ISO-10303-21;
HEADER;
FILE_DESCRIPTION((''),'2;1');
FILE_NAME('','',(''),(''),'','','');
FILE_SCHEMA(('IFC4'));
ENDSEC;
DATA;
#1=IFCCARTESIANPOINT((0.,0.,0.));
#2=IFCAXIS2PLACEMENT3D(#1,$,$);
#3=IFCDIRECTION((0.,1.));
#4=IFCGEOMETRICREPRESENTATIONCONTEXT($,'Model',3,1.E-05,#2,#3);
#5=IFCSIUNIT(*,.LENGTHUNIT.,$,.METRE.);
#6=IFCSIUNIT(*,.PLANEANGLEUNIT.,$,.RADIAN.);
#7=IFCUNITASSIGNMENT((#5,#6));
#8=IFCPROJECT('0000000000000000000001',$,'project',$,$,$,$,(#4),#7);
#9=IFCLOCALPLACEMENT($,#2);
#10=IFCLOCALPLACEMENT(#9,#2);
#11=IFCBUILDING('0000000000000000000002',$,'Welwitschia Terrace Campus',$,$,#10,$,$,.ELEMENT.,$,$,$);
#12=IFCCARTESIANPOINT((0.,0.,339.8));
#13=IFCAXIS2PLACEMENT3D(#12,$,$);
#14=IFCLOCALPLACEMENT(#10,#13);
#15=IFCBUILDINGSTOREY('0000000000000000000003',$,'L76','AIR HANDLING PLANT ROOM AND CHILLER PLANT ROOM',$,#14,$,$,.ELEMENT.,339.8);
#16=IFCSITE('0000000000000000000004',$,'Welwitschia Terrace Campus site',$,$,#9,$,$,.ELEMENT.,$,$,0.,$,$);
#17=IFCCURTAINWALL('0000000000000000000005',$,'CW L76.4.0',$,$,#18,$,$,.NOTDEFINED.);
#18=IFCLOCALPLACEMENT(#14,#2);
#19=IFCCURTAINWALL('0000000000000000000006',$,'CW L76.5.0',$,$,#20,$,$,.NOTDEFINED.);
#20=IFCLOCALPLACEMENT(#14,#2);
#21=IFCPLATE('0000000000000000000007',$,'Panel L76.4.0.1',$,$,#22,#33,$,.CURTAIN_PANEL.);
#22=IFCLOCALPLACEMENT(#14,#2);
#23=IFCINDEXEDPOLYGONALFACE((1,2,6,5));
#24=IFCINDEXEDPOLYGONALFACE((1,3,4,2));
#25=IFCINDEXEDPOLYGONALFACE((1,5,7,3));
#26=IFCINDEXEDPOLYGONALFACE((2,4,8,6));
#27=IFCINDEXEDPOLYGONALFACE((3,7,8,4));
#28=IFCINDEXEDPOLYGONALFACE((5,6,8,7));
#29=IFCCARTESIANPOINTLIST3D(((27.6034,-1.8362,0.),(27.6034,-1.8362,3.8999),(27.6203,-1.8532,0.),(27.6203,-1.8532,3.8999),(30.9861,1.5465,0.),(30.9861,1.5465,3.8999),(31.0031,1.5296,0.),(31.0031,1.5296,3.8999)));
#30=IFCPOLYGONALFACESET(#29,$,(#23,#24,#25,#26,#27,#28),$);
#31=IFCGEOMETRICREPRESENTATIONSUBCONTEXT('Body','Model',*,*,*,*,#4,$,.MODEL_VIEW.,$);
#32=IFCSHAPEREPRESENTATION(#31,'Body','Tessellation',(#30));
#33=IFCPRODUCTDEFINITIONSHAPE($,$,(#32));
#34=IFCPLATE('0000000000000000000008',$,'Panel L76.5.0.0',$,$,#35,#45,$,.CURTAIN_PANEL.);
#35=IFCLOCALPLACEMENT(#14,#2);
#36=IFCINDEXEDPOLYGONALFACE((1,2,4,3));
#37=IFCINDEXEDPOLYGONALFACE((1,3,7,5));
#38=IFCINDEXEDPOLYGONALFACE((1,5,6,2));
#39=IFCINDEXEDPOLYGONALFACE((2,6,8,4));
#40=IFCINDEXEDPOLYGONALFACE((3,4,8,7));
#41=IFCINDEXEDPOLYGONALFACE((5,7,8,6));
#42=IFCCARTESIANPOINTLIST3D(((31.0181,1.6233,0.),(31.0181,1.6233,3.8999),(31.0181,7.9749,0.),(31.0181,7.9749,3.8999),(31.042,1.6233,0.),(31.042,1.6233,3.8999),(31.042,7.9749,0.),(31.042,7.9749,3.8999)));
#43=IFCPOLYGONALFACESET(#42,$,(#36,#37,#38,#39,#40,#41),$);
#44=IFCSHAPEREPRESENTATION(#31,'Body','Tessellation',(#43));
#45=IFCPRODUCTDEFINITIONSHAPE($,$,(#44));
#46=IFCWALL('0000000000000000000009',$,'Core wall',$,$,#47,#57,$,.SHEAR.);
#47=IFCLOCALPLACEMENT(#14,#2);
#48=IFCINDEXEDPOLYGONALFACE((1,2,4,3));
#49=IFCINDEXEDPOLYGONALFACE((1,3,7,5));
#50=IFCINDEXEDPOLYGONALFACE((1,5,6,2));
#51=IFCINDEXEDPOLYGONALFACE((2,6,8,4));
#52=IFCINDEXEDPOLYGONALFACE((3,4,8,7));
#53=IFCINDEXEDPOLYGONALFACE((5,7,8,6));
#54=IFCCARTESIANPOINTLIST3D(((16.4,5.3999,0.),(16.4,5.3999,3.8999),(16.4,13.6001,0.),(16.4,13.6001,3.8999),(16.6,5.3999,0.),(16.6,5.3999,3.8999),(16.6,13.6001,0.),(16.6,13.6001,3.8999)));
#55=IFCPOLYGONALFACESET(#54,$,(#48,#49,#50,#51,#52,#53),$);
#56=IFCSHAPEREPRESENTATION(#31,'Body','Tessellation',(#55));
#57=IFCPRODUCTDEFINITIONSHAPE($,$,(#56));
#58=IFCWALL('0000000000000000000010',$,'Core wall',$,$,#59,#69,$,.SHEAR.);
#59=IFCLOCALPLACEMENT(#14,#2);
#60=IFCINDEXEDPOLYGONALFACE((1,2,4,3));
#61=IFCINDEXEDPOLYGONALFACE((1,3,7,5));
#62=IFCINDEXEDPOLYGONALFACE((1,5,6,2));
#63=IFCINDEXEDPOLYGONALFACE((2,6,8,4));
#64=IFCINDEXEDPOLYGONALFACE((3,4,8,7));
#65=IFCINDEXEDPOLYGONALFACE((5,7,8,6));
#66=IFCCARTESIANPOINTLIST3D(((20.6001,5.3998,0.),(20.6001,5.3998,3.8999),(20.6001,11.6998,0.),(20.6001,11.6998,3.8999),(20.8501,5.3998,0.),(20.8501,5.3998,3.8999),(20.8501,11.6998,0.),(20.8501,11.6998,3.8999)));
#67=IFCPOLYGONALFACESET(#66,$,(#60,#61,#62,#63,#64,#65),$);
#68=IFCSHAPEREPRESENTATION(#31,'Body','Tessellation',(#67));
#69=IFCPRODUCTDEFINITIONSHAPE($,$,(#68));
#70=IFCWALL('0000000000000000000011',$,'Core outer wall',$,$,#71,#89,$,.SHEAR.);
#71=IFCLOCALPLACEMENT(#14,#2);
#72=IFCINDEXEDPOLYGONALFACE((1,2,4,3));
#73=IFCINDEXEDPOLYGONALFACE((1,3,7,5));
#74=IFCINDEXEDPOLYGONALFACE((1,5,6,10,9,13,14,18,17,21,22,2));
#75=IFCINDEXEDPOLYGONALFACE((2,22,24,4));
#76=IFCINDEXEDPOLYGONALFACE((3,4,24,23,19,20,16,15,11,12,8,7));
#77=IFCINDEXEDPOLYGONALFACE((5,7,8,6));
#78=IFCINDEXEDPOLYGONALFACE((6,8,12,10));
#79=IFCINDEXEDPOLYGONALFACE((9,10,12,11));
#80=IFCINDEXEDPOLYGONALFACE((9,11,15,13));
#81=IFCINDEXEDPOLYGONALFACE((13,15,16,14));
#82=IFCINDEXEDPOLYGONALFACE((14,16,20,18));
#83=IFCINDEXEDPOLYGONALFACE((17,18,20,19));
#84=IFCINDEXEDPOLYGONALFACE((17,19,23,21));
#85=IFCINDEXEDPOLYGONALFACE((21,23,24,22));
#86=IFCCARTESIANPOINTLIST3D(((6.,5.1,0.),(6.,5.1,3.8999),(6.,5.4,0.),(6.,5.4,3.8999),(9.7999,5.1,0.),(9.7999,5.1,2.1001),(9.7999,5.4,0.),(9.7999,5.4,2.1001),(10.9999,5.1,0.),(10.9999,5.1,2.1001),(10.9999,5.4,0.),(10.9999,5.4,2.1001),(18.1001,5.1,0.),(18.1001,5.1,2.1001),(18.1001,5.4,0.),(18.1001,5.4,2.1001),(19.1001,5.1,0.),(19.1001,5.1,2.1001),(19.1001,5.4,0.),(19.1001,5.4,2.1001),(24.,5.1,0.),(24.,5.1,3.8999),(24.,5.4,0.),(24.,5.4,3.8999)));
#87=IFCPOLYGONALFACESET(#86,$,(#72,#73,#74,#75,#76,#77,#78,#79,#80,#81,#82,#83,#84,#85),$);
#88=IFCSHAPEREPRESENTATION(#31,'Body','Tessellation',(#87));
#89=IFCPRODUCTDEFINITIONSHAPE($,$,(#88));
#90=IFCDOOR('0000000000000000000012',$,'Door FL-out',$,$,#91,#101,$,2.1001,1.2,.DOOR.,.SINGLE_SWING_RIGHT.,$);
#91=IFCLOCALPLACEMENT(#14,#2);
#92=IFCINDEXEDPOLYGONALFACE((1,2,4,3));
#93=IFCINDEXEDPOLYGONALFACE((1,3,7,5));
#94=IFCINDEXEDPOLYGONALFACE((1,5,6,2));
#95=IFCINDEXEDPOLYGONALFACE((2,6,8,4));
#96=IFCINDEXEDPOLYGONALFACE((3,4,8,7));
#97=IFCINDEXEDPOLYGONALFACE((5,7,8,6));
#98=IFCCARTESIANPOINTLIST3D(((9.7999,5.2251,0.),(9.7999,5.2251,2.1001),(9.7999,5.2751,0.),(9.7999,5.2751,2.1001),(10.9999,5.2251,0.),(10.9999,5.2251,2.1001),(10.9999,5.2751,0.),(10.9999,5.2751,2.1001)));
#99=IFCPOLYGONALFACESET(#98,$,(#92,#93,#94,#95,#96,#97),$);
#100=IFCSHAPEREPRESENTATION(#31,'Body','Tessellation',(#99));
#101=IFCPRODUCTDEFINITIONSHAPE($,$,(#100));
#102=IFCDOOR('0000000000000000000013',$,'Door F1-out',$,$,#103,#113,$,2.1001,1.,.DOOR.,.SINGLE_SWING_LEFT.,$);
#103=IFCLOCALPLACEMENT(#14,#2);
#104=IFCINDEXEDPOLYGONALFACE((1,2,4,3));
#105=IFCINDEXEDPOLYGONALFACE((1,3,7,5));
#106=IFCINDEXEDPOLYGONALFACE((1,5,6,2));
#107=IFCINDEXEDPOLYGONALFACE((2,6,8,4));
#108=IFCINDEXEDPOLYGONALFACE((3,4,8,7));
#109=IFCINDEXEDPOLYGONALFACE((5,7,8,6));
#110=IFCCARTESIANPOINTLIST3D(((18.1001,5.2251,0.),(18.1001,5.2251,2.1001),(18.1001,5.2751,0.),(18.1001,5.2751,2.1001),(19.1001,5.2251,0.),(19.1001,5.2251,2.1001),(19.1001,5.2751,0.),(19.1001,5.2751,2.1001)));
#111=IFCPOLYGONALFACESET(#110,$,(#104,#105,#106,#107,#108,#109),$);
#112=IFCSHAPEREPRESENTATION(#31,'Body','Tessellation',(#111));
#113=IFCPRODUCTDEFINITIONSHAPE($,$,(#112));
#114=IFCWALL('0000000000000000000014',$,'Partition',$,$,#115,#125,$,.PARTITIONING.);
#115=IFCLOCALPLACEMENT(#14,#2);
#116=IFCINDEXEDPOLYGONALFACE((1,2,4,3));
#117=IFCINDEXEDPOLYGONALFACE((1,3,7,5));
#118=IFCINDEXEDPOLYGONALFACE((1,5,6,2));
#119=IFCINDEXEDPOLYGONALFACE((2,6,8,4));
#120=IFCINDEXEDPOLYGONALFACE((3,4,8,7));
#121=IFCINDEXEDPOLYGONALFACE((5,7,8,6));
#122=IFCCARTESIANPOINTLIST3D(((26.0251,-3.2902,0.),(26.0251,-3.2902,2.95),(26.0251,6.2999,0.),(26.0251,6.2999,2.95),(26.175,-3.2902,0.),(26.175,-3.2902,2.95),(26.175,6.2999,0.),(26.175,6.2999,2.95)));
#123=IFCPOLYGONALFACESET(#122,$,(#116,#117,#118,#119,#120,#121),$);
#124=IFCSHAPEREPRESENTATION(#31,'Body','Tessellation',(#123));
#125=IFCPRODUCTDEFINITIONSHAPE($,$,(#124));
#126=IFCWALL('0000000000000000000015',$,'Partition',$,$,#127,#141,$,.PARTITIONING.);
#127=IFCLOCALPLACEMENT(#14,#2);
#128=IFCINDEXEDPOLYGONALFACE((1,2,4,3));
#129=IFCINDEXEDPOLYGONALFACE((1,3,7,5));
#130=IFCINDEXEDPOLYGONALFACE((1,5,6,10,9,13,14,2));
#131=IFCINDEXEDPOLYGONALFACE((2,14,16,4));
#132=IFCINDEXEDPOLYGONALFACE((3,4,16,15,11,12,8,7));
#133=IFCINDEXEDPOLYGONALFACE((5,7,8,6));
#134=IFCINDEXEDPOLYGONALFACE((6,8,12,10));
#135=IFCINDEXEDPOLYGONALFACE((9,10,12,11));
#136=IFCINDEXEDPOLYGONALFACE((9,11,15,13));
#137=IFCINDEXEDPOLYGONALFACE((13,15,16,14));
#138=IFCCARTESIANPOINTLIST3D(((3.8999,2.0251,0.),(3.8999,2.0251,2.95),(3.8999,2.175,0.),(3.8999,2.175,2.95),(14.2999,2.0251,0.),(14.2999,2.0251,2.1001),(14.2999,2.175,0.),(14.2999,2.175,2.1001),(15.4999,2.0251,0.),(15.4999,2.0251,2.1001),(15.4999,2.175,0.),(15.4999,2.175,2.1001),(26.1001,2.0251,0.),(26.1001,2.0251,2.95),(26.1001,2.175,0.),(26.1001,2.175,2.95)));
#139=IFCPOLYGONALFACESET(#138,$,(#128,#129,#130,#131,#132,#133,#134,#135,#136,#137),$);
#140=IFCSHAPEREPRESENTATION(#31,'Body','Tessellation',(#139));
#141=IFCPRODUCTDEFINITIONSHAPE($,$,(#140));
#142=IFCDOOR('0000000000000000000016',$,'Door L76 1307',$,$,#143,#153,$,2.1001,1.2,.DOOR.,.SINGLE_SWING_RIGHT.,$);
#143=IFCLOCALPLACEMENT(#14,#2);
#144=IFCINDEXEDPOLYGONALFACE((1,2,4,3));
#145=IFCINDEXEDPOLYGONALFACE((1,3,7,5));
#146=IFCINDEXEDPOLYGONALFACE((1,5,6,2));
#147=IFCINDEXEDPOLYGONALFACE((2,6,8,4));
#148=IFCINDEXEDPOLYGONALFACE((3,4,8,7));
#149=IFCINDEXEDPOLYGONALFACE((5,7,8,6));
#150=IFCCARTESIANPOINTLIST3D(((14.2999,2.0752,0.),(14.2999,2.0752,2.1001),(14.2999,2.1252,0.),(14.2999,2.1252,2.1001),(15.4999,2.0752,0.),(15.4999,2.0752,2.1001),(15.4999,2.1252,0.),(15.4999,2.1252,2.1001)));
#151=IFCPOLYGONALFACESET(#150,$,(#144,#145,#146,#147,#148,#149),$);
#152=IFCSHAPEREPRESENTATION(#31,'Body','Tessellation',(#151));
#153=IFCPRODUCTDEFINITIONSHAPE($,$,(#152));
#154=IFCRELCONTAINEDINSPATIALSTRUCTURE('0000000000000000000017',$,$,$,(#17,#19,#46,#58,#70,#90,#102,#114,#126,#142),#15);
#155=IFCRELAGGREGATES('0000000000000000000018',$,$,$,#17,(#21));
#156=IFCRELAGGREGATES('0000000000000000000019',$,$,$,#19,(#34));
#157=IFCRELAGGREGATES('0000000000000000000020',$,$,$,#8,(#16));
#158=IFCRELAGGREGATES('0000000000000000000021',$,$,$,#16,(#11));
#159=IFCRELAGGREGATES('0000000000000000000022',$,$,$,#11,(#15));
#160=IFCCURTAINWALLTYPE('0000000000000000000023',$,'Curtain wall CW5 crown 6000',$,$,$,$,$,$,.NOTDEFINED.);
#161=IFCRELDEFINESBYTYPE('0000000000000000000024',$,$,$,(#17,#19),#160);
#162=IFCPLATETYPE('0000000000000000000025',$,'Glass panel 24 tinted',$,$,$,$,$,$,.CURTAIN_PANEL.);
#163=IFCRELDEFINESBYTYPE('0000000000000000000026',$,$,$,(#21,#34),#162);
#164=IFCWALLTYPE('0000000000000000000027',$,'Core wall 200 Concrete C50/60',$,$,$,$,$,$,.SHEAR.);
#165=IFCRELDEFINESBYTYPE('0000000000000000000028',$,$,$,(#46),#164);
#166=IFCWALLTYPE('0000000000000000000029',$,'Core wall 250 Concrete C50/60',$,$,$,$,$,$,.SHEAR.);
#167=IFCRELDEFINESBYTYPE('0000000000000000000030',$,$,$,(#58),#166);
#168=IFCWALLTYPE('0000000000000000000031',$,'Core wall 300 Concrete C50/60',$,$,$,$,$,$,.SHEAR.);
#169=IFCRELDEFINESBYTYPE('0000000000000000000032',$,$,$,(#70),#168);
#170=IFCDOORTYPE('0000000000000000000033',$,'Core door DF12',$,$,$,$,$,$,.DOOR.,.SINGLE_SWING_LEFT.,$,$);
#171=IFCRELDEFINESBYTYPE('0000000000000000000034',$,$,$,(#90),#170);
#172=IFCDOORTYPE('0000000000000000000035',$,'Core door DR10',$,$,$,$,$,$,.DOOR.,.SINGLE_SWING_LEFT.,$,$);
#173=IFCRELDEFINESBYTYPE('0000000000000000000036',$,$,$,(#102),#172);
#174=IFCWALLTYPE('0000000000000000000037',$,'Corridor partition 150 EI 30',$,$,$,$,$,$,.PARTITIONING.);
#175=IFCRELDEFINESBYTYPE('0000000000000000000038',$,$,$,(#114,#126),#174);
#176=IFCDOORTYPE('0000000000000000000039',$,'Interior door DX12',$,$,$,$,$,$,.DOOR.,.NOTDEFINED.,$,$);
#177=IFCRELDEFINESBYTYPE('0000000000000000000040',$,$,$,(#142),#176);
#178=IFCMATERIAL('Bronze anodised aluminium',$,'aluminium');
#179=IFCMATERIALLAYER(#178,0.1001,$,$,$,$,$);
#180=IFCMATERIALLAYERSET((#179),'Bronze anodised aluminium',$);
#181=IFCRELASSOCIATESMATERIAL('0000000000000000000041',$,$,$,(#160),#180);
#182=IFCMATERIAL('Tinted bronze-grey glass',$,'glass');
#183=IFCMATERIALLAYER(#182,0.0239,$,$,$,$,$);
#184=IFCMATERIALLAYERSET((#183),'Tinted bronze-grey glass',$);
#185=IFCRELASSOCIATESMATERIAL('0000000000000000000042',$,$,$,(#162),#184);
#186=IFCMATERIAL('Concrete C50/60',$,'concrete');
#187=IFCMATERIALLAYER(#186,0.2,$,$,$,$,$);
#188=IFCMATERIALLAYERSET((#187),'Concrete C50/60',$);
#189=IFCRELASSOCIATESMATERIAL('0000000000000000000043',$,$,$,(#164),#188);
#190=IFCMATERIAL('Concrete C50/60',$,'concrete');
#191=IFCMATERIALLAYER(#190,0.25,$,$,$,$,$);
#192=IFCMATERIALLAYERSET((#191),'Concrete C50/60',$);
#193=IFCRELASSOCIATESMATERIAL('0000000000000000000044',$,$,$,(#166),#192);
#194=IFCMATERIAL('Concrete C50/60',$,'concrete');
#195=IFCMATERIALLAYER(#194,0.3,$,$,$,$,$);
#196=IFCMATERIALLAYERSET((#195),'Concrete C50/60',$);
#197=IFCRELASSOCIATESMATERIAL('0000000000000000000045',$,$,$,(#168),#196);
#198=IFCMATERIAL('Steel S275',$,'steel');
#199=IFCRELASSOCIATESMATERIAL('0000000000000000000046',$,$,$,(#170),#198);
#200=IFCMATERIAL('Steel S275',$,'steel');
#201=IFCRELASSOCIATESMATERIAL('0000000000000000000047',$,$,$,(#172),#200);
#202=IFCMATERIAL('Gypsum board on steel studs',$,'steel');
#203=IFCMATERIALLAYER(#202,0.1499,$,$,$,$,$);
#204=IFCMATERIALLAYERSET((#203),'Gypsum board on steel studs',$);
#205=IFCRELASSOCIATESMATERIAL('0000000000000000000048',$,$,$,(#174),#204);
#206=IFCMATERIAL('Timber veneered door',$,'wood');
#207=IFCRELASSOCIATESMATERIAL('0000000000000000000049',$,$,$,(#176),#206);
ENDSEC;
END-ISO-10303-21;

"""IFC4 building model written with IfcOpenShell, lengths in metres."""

from ifc_helpers import new_model, si_unit, direction, frame, frame_2d, origin, origin_2d, place, context, subcontext, project, spatial, rectangle, extrude, material, layer, layer_set, type_object, element, fill, aggregate, save


model = new_model("IFC4")

# Units and contexts
model_context = context("Model", 3, precision=1e-05, world=origin(), true_north=direction((0.0, 1.0)))
body_context = subcontext(model_context, "Body", "Model", "MODEL_VIEW")
ifc_project = project(units=[si_unit("LENGTHUNIT", "METRE"), si_unit("PLANEANGLEUNIT", "RADIAN")], contexts=[model_context])

# Site, building, storey
site_placement = place(None, origin())
site = spatial("IfcSite", under=ifc_project, at=site_placement, Name="Welwitschia Terrace Campus site", CompositionType="ELEMENT", RefElevation=0.0)
building_placement = place(site_placement, origin())
building = spatial("IfcBuilding", under=site, at=building_placement, Name="Welwitschia Terrace Campus", CompositionType="ELEMENT")
storey_placement = place(building_placement, frame((0.0, 0.0, 339.8)))
storey = spatial("IfcBuildingStorey", under=building, at=storey_placement, Name="L76", Description="AIR HANDLING PLANT ROOM AND CHILLER PLANT ROOM", CompositionType="ELEMENT", Elevation=339.8)

# Shared definitions
ifc_material_1 = material(Name="Bronze anodised aluminium", Category="aluminium")
ifc_layer_1 = layer(ifc_material_1, 0.1001)
ifc_layer_set_1 = layer_set([ifc_layer_1], Name="Bronze anodised aluminium")
curtain_wall_type = type_object("IfcCurtainWallType", Name="Curtain wall CW5 crown 6000", PredefinedType="NOTDEFINED", material=ifc_layer_set_1)

# Curtain wall
curtain_wall_1_placement = place(storey_placement, origin())
curtain_wall_1 = element("IfcCurtainWall", 1, at=curtain_wall_1_placement, inside=storey, type_object=curtain_wall_type, Name="CW L76.4.0", PredefinedType="NOTDEFINED")

# Curtain wall
curtain_wall_2_placement = place(storey_placement, origin())
curtain_wall_2 = element("IfcCurtainWall", 2, at=curtain_wall_2_placement, inside=storey, type_object=curtain_wall_type, Name="CW L76.5.0", PredefinedType="NOTDEFINED")

# Plates
ifc_material_2 = material(Name="Tinted bronze-grey glass", Category="glass")
ifc_layer_2 = layer(ifc_material_2, 0.0239)
ifc_layer_set_2 = layer_set([ifc_layer_2], Name="Tinted bronze-grey glass")
plate_type = type_object("IfcPlateType", Name="Glass panel 24 tinted", PredefinedType="CURTAIN_PANEL", material=ifc_layer_set_2)
plate_1_placement = place(storey_placement, frame((29.3032, -0.1533, 0.0), z_axis=(0.0, 0.0, 1.0), x_axis=(0.707107, 0.707107, 0.0)))
plate_1 = element("IfcPlate", 3, at=plate_1_placement, type_object=plate_type, Name="Panel L76.4.0.1", PredefinedType="CURTAIN_PANEL", context=body_context, shape_type="SweptSolid", body=[
    extrude(rectangle(XDim=4.7839, YDim=0.0239, at=origin_2d()), origin(), (0.0, 0.0, 1.0), 3.8999),
])
aggregate(curtain_wall_1, [plate_1])
plate_2_placement = place(storey_placement, frame((31.03, 4.7991, 0.0), z_axis=(0.0, 0.0, 1.0), x_axis=(0.0, 1.0, 0.0)))
plate_2 = element("IfcPlate", 4, at=plate_2_placement, type_object=plate_type, Name="Panel L76.5.0.0", PredefinedType="CURTAIN_PANEL", context=body_context, shape_type="SweptSolid", body=[
    extrude(rectangle(XDim=6.3516, YDim=0.0239, at=origin_2d()), origin(), (0.0, 0.0, 1.0), 3.8999),
])
aggregate(curtain_wall_2, [plate_2])

# Walls
ifc_material_3 = material(Name="Concrete C50/60", Category="concrete")
ifc_layer_3 = layer(ifc_material_3, 0.2)
ifc_layer_set_3 = layer_set([ifc_layer_3], Name="Concrete C50/60")
wall_type_1 = type_object("IfcWallType", Name="Core wall 200 Concrete C50/60", PredefinedType="SHEAR", material=ifc_layer_set_3)
wall_1_placement = place(storey_placement, frame((16.5, 5.3999, 0.0), z_axis=(0.0, 0.0, 1.0), x_axis=(0.0, 1.0, 0.0)))
element("IfcWall", 5, at=wall_1_placement, inside=storey, type_object=wall_type_1, Name="Core wall", PredefinedType="SHEAR", context=body_context, shape_type="SweptSolid", body=[
    extrude(rectangle(XDim=8.2002, YDim=0.2, at=frame_2d((4.1001, 0.0))), origin(), (0.0, 0.0, 1.0), 3.8999),
])
ifc_material_4 = material(Name="Concrete C50/60", Category="concrete")
ifc_layer_4 = layer(ifc_material_4, 0.25)
ifc_layer_set_4 = layer_set([ifc_layer_4], Name="Concrete C50/60")
wall_type_2 = type_object("IfcWallType", Name="Core wall 250 Concrete C50/60", PredefinedType="SHEAR", material=ifc_layer_set_4)
wall_2_placement = place(storey_placement, frame((20.7251, 5.3999, 0.0), z_axis=(0.0, 0.0, 1.0), x_axis=(0.0, 1.0, 0.0)))
element("IfcWall", 6, at=wall_2_placement, inside=storey, type_object=wall_type_2, Name="Core wall", PredefinedType="SHEAR", context=body_context, shape_type="SweptSolid", body=[
    extrude(rectangle(XDim=6.3, YDim=0.25, at=frame_2d((3.1499, 0.0))), origin(), (0.0, 0.0, 1.0), 3.8999),
])

# Wall, openings, doors
ifc_material_5 = material(Name="Concrete C50/60", Category="concrete")
ifc_layer_5 = layer(ifc_material_5, 0.3)
ifc_layer_set_5 = layer_set([ifc_layer_5], Name="Concrete C50/60")
wall_type_3 = type_object("IfcWallType", Name="Core wall 300 Concrete C50/60", PredefinedType="SHEAR", material=ifc_layer_set_5)
wall_3_placement = place(storey_placement, frame((24.0, 5.25, 0.0), z_axis=(0.0, 0.0, 1.0), x_axis=(-1.0, 0.0, 0.0)))
wall_3 = element("IfcWall", 7, at=wall_3_placement, inside=storey, type_object=wall_type_3, Name="Core outer wall", PredefinedType="SHEAR", context=body_context, shape_type="SweptSolid", body=[
    extrude(rectangle(XDim=18.0, YDim=0.3, at=frame_2d((9.0, 0.0))), origin(), (0.0, 0.0, 1.0), 3.8999),
])
opening_1_placement = place(wall_3_placement, frame((13.0, 0.0, 0.0)))
opening_1 = element("IfcOpeningElement", 8, at=opening_1_placement, cuts=wall_3, PredefinedType="OPENING", context=body_context, shape_type="SweptSolid", body=[
    extrude(rectangle(XDim=1.2, YDim=2.1001, at=frame_2d((0.6001, 1.05))), frame((0.0, 0.1599, 0.0), z_axis=(0.0, -1.0, 0.0), x_axis=(1.0, 0.0, 0.0)), (0.0, 0.0, 1.0), 0.3201),
])
opening_2_placement = place(wall_3_placement, frame((4.8999, 0.0, 0.0)))
opening_2 = element("IfcOpeningElement", 9, at=opening_2_placement, cuts=wall_3, PredefinedType="OPENING", context=body_context, shape_type="SweptSolid", body=[
    extrude(rectangle(XDim=1.0, YDim=2.1001, at=frame_2d((0.5, 1.05))), frame((0.0, 0.1599, 0.0), z_axis=(0.0, -1.0, 0.0), x_axis=(1.0, 0.0, 0.0)), (0.0, 0.0, 1.0), 0.3201),
])
ifc_material_6 = material(Name="Steel S275", Category="steel")
door_type_1 = type_object("IfcDoorType", Name="Core door DF12", OperationType="SINGLE_SWING_LEFT", PredefinedType="DOOR", material=ifc_material_6)
door_1_placement = place(opening_1_placement, origin())
door_1 = element("IfcDoor", 10, at=door_1_placement, inside=storey, type_object=door_type_1, Name="Door FL-out", OperationType="SINGLE_SWING_RIGHT", OverallHeight=2.1001, OverallWidth=1.2, PredefinedType="DOOR", context=body_context, shape_type="SweptSolid", body=[
    extrude(rectangle(XDim=1.2, YDim=2.1001, at=frame_2d((0.6001, 1.05))), frame((0.0, 0.0249, 0.0), z_axis=(0.0, -1.0, 0.0), x_axis=(1.0, 0.0, 0.0)), (0.0, 0.0, 1.0), 0.05),
])
fill(opening_1, door_1)
ifc_material_7 = material(Name="Steel S275", Category="steel")
door_type_2 = type_object("IfcDoorType", Name="Core door DR10", OperationType="SINGLE_SWING_LEFT", PredefinedType="DOOR", material=ifc_material_7)
door_2_placement = place(opening_2_placement, origin())
door_2 = element("IfcDoor", 11, at=door_2_placement, inside=storey, type_object=door_type_2, Name="Door F1-out", OperationType="SINGLE_SWING_LEFT", OverallHeight=2.1001, OverallWidth=1.0, PredefinedType="DOOR", context=body_context, shape_type="SweptSolid", body=[
    extrude(rectangle(XDim=1.0, YDim=2.1001, at=frame_2d((0.5, 1.05))), frame((0.0, 0.0249, 0.0), z_axis=(0.0, -1.0, 0.0), x_axis=(1.0, 0.0, 0.0)), (0.0, 0.0, 1.0), 0.05),
])
fill(opening_2, door_2)

# Wall
ifc_material_8 = material(Name="Gypsum board on steel studs", Category="steel")
ifc_layer_6 = layer(ifc_material_8, 0.1499)
ifc_layer_set_6 = layer_set([ifc_layer_6], Name="Gypsum board on steel studs")
wall_type_4 = type_object("IfcWallType", Name="Corridor partition 150 EI 30", PredefinedType="PARTITIONING", material=ifc_layer_set_6)
wall_4_placement = place(storey_placement, frame((26.1001, -3.29, 0.0), z_axis=(0.0, 0.0, 1.0), x_axis=(0.0, 1.0, 0.0)))
element("IfcWall", 12, at=wall_4_placement, inside=storey, type_object=wall_type_4, Name="Partition", PredefinedType="PARTITIONING", context=body_context, shape_type="SweptSolid", body=[
    extrude(rectangle(XDim=9.5901, YDim=0.1499, at=frame_2d((4.7949, 0.0))), origin(), (0.0, 0.0, 1.0), 2.95),
])

# Wall, opening, door
wall_5_placement = place(storey_placement, frame((26.1001, 2.1001, 0.0), z_axis=(0.0, 0.0, 1.0), x_axis=(-1.0, 0.0, 0.0)))
wall_5 = element("IfcWall", 13, at=wall_5_placement, inside=storey, type_object=wall_type_4, Name="Partition", PredefinedType="PARTITIONING", context=body_context, shape_type="SweptSolid", body=[
    extrude(rectangle(XDim=22.2002, YDim=0.1499, at=frame_2d((11.1001, 0.0))), origin(), (0.0, 0.0, 1.0), 2.95),
])
opening_3_placement = place(wall_5_placement, frame((10.6001, 0.0, 0.0)))
opening_3 = element("IfcOpeningElement", 14, at=opening_3_placement, cuts=wall_5, PredefinedType="OPENING", context=body_context, shape_type="SweptSolid", body=[
    extrude(rectangle(XDim=1.2, YDim=2.1001, at=frame_2d((0.6001, 1.05))), frame((0.0, 0.085, 0.0), z_axis=(0.0, -1.0, 0.0), x_axis=(1.0, 0.0, 0.0)), (0.0, 0.0, 1.0), 0.1699),
])
ifc_material_9 = material(Name="Timber veneered door", Category="wood")
door_type_3 = type_object("IfcDoorType", Name="Interior door DX12", OperationType="NOTDEFINED", PredefinedType="DOOR", material=ifc_material_9)
door_3_placement = place(opening_3_placement, origin())
door_3 = element("IfcDoor", 15, at=door_3_placement, inside=storey, type_object=door_type_3, Name="Door L76 1307", OperationType="SINGLE_SWING_RIGHT", OverallHeight=2.1001, OverallWidth=1.2, PredefinedType="DOOR", context=body_context, shape_type="SweptSolid", body=[
    extrude(rectangle(XDim=1.2, YDim=2.1001, at=frame_2d((0.6001, 1.05))), frame((0.0, 0.0249, 0.0), z_axis=(0.0, -1.0, 0.0), x_axis=(1.0, 0.0, 0.0)), (0.0, 0.0, 1.0), 0.05),
])
fill(opening_3, door_3)

save(model, "model.ifc")
